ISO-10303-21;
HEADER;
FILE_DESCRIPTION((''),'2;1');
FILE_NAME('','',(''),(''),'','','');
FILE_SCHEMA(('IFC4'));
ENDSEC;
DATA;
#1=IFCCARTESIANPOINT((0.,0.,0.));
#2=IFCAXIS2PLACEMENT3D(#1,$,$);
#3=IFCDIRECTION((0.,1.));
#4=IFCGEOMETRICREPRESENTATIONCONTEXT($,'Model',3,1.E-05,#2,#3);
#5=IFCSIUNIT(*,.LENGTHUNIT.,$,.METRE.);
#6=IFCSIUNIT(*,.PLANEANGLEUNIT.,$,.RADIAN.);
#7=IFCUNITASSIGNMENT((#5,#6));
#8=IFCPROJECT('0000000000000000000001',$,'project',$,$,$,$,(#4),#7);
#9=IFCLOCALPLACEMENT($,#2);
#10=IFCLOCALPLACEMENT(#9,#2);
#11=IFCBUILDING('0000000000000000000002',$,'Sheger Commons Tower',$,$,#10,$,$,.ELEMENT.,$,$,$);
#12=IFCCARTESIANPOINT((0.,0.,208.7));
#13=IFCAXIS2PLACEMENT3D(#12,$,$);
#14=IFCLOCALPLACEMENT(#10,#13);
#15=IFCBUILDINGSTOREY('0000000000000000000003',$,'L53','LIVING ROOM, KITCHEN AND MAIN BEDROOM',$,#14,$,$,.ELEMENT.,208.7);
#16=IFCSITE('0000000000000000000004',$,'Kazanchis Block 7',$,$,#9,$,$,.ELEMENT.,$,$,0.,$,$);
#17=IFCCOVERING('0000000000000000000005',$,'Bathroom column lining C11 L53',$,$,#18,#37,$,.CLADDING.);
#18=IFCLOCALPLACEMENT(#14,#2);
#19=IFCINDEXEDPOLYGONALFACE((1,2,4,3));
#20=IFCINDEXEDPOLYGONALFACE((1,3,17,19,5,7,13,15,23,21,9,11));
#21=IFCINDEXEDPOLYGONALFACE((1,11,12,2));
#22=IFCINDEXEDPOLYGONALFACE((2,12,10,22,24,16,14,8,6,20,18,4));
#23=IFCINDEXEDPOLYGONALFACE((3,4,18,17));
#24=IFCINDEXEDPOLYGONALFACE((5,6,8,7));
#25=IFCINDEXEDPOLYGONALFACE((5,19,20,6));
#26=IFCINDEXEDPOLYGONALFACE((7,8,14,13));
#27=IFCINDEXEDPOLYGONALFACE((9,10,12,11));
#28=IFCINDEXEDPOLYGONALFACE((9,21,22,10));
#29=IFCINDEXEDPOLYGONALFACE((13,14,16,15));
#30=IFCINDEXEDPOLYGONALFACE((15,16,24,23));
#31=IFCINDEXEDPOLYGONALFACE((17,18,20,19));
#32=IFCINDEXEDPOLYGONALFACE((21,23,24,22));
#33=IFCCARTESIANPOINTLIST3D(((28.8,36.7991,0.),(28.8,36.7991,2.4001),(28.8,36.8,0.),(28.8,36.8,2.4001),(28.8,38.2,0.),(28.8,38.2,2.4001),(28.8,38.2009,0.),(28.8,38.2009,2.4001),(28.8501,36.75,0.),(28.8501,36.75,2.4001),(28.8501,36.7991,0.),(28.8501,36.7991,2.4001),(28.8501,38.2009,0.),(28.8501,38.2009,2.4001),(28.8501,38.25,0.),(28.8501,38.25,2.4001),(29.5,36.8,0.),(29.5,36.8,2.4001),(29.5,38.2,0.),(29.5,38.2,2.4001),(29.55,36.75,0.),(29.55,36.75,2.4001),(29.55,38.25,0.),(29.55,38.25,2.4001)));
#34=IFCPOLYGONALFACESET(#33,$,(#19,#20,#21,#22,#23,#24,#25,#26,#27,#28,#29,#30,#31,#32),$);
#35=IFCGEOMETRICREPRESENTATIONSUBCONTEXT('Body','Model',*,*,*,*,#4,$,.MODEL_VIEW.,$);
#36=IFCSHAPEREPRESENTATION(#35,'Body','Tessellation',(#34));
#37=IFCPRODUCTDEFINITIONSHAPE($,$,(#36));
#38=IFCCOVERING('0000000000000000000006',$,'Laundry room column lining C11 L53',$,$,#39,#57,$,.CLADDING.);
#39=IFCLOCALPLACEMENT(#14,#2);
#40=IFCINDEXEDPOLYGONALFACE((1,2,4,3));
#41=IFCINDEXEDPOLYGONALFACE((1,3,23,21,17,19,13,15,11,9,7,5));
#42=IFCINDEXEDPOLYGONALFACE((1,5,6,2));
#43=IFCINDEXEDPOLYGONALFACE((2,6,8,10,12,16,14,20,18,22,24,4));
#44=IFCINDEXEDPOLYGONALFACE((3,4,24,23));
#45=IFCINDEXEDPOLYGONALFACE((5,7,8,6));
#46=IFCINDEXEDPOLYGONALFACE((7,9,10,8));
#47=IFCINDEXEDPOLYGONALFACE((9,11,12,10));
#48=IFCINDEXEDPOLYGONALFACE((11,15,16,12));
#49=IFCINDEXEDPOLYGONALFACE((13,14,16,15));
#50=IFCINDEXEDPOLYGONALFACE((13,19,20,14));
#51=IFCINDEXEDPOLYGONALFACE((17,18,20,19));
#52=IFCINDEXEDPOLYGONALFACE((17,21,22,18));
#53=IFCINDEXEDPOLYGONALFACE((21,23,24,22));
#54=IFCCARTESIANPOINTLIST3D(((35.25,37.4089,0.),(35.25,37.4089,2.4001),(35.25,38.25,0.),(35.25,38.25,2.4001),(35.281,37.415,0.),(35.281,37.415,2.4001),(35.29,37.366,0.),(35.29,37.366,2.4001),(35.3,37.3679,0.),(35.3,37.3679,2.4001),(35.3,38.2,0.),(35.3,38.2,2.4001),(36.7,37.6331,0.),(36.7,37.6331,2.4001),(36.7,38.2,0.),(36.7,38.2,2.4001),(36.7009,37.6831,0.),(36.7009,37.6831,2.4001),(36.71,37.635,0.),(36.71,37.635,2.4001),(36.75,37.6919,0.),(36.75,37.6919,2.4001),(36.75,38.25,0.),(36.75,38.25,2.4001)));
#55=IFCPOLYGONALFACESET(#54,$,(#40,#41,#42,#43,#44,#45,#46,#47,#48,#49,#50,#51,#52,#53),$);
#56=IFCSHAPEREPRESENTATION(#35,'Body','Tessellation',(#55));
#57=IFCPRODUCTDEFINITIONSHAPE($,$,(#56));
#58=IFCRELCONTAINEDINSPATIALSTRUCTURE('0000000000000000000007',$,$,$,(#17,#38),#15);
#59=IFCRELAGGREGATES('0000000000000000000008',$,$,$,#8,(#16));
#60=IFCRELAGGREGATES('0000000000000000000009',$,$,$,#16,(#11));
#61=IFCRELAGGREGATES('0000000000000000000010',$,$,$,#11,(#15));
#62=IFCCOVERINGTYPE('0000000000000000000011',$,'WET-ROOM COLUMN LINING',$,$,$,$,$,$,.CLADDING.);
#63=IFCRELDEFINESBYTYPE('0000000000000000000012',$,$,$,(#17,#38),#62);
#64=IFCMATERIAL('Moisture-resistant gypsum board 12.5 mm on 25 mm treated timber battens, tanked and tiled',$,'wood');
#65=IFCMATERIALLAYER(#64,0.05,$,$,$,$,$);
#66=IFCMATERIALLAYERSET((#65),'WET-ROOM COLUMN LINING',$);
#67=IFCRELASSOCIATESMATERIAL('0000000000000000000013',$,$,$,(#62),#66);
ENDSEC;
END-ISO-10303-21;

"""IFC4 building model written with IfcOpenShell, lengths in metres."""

from ifc_helpers import new_model, si_unit, direction, frame, origin, place, context, subcontext, project, spatial, polyline, outline, extrude, material, layer, layer_set, type_object, element, save


model = new_model("IFC4")

# Units and contexts
model_context = context("Model", 3, precision=1e-05, world=origin(), true_north=direction((0.0, 1.0)))
body_context = subcontext(model_context, "Body", "Model", "MODEL_VIEW")
ifc_project = project(units=[si_unit("LENGTHUNIT", "METRE"), si_unit("PLANEANGLEUNIT", "RADIAN")], contexts=[model_context])

# Site, building, storey
site_placement = place(None, origin())
site = spatial("IfcSite", under=ifc_project, at=site_placement, Name="Kazanchis Block 7", CompositionType="ELEMENT", RefElevation=0.0)
building_placement = place(site_placement, origin())
building = spatial("IfcBuilding", under=site, at=building_placement, Name="Sheger Commons Tower", CompositionType="ELEMENT")
storey_placement = place(building_placement, frame((0.0, 0.0, 208.7)))
storey = spatial("IfcBuildingStorey", under=building, at=storey_placement, Name="L53", Description="LIVING ROOM, KITCHEN AND MAIN BEDROOM", CompositionType="ELEMENT", Elevation=208.7)

# Coverings
ifc_material_1 = material(Name="Moisture-resistant gypsum board 12.5 mm on 25 mm treated timber battens, tanked and tiled", Category="wood")
ifc_layer_1 = layer(ifc_material_1, 0.05)
ifc_layer_set_1 = layer_set([ifc_layer_1], Name="WET-ROOM COLUMN LINING")
covering_type_1 = type_object("IfcCoveringType", Name="WET-ROOM COLUMN LINING", PredefinedType="CLADDING", material=ifc_layer_set_1)
covering_1_placement = place(storey_placement, origin())
element("IfcCovering", 1, at=covering_1_placement, inside=storey, type_object=covering_type_1, Name="Bathroom column lining C11 L53", PredefinedType="CLADDING", context=body_context, shape_type="SweptSolid", body=[
    extrude(outline(polyline([(29.55, 36.75), (28.8501, 36.75), (28.8501, 36.7991), (28.8, 36.7991), (28.8, 36.8), (29.5, 36.8), (29.5, 38.2), (28.8, 38.2), (28.8, 38.2009), (28.8501, 38.2009), (28.8501, 38.25), (29.55, 38.25), (29.55, 36.75)])), origin(), (0.0, 0.0, 1.0), 2.4001),
])
covering_2_placement = place(storey_placement, origin())
element("IfcCovering", 2, at=covering_2_placement, inside=storey, type_object=covering_type_1, Name="Laundry room column lining C11 L53", PredefinedType="CLADDING", context=body_context, shape_type="SweptSolid", body=[
    extrude(outline(polyline([(36.75, 38.25), (36.75, 37.6919), (36.7009, 37.6831), (36.71, 37.635), (36.7, 37.6331), (36.7, 38.2), (35.3, 38.2), (35.3, 37.3679), (35.29, 37.366), (35.281, 37.415), (35.25, 37.4089), (35.25, 38.25), (36.75, 38.25)])), origin(), (0.0, 0.0, 1.0), 2.4001),
])

save(model, "model.ifc")
